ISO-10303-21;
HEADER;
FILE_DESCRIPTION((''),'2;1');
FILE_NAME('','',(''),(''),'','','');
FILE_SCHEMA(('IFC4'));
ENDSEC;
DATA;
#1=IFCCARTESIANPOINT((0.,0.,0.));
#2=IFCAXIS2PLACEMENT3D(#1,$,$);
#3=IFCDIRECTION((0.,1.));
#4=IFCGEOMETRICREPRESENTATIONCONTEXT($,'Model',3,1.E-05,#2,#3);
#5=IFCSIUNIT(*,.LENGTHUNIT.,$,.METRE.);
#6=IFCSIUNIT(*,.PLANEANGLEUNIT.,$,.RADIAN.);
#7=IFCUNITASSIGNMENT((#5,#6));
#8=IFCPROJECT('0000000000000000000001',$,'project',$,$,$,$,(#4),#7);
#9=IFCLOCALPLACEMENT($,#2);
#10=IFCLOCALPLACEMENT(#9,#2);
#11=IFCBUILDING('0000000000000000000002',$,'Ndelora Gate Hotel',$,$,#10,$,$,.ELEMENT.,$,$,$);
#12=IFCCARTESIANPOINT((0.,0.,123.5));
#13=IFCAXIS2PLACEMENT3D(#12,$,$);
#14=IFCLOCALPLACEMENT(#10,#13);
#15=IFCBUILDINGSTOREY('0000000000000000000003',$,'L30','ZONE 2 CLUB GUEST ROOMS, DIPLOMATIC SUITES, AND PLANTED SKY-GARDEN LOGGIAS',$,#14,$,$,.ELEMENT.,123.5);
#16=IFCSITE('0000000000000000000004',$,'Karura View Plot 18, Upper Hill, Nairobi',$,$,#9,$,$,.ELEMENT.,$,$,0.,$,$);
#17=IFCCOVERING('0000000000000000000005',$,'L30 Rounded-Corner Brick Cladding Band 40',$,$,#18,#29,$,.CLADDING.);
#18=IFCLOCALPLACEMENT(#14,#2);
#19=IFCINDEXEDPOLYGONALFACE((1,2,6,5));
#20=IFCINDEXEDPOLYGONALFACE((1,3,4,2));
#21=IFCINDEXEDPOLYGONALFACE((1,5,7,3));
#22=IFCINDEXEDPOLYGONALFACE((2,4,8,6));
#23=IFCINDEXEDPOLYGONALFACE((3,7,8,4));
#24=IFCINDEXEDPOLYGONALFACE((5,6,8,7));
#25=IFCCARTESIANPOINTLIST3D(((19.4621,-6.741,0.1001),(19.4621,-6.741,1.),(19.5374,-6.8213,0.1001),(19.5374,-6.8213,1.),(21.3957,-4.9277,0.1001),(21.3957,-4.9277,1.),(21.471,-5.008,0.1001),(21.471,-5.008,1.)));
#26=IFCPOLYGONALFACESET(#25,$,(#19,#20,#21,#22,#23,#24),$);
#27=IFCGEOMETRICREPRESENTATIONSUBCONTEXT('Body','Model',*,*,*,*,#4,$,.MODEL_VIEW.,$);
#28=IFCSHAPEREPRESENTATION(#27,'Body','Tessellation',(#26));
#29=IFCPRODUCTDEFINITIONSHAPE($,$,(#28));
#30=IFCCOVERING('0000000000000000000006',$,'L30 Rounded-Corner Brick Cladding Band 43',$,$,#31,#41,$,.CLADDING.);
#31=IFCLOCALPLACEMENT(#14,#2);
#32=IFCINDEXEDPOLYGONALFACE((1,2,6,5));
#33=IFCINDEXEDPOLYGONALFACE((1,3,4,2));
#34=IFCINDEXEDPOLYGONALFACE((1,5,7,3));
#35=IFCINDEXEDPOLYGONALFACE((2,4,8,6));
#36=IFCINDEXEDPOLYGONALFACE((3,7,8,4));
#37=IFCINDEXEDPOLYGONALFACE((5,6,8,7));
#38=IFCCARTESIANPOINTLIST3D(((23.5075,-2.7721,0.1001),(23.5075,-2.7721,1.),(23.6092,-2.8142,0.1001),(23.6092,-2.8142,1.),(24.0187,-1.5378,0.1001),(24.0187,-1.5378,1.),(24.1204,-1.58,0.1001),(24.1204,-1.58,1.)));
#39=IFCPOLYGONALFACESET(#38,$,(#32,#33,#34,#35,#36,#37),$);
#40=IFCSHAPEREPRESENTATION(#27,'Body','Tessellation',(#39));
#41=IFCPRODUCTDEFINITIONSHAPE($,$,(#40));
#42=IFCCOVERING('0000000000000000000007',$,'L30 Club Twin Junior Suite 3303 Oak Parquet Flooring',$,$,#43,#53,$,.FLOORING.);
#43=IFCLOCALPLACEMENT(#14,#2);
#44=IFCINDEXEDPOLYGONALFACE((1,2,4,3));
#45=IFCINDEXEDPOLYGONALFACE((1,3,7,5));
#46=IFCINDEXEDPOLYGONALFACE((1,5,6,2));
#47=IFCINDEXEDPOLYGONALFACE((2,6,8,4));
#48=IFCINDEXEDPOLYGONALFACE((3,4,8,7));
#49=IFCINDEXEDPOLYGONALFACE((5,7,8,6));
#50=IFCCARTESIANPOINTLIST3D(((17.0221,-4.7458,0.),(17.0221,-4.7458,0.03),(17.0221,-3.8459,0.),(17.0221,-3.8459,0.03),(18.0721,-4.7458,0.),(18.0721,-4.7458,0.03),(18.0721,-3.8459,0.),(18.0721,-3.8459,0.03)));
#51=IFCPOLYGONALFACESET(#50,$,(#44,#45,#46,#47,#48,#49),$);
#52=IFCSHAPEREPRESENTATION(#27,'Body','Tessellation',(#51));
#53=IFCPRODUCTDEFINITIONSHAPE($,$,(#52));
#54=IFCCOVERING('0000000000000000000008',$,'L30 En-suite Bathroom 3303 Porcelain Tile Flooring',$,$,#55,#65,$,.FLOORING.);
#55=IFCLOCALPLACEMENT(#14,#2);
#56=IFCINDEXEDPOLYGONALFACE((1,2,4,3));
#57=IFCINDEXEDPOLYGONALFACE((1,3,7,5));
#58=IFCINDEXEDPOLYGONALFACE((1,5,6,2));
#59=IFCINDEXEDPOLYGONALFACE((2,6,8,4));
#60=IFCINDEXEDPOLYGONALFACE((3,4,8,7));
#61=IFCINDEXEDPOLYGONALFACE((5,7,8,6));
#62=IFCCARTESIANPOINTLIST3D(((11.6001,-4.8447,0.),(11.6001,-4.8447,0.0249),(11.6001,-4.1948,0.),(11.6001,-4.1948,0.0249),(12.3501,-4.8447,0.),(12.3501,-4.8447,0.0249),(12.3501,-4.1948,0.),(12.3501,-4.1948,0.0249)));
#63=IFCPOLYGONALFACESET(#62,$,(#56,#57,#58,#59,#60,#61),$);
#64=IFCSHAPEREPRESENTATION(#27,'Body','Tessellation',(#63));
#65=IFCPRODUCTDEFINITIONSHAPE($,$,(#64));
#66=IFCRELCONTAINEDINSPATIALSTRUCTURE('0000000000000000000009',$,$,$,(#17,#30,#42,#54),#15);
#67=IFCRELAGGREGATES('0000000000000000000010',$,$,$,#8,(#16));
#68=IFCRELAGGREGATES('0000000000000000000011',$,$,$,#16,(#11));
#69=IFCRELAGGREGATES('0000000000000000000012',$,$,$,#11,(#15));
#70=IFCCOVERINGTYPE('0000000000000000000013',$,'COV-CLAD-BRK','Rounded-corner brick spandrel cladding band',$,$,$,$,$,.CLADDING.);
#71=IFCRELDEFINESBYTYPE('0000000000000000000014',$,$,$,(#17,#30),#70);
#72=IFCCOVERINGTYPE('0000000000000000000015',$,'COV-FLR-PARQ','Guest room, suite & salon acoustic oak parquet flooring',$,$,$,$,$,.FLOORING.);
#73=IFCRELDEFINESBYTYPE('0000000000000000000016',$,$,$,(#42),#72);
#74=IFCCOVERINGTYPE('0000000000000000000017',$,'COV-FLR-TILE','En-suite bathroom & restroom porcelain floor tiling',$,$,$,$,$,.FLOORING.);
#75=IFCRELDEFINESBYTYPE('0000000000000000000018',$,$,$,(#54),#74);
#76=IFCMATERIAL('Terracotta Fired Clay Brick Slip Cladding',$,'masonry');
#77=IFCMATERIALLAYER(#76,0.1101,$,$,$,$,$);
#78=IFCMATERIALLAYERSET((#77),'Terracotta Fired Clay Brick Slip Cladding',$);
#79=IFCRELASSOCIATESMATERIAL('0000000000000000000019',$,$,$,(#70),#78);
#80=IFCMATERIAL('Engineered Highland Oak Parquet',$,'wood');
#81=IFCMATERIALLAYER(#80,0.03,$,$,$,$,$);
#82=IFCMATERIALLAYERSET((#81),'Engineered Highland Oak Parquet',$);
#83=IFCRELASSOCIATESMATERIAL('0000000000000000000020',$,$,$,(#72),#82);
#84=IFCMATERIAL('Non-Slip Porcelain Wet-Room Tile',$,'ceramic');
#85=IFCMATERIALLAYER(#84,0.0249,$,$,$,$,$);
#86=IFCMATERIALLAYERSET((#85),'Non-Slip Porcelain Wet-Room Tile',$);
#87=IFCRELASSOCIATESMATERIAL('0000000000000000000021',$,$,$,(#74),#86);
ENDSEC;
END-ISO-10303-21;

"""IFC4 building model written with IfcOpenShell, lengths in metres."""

from ifc_helpers import new_model, si_unit, direction, frame, origin, origin_2d, place, context, subcontext, project, spatial, rectangle, extrude, material, layer, layer_set, type_object, element, save


model = new_model("IFC4")

# Units and contexts
model_context = context("Model", 3, precision=1e-05, world=origin(), true_north=direction((0.0, 1.0)))
body_context = subcontext(model_context, "Body", "Model", "MODEL_VIEW")
ifc_project = project(units=[si_unit("LENGTHUNIT", "METRE"), si_unit("PLANEANGLEUNIT", "RADIAN")], contexts=[model_context])

# Site, building, storey
site_placement = place(None, origin())
site = spatial("IfcSite", under=ifc_project, at=site_placement, Name="Karura View Plot 18, Upper Hill, Nairobi", CompositionType="ELEMENT", RefElevation=0.0)
building_placement = place(site_placement, origin())
building = spatial("IfcBuilding", under=site, at=building_placement, Name="Ndelora Gate Hotel", CompositionType="ELEMENT")
storey_placement = place(building_placement, frame((0.0, 0.0, 123.5)))
storey = spatial("IfcBuildingStorey", under=building, at=storey_placement, Name="L30", Description="ZONE 2 CLUB GUEST ROOMS, DIPLOMATIC SUITES, AND PLANTED SKY-GARDEN LOGGIAS", CompositionType="ELEMENT", Elevation=123.5)

# Coverings
ifc_material_1 = material(Name="Terracotta Fired Clay Brick Slip Cladding", Category="masonry")
ifc_layer_1 = layer(ifc_material_1, 0.1101)
ifc_layer_set_1 = layer_set([ifc_layer_1], Name="Terracotta Fired Clay Brick Slip Cladding")
covering_type_1 = type_object("IfcCoveringType", Name="COV-CLAD-BRK", Description="Rounded-corner brick spandrel cladding band", PredefinedType="CLADDING", material=ifc_layer_set_1)
covering_1_placement = place(storey_placement, frame((20.4666, -5.8745, 0.1001), z_axis=(0.0, 0.0, 1.0), x_axis=(0.729446, 0.684038, 0.0)))
element("IfcCovering", 1, at=covering_1_placement, inside=storey, type_object=covering_type_1, Name="L30 Rounded-Corner Brick Cladding Band 40", PredefinedType="CLADDING", context=body_context, shape_type="SweptSolid", body=[
    extrude(rectangle(XDim=2.6509, YDim=0.1101, at=origin_2d()), origin(), (0.0, 0.0, 1.0), 0.8999),
])
covering_2_placement = place(storey_placement, frame((23.814, -2.176, 0.1001), z_axis=(0.0, 0.0, 1.0), x_axis=(0.382683, 0.92388, 0.0)))
element("IfcCovering", 2, at=covering_2_placement, inside=storey, type_object=covering_type_1, Name="L30 Rounded-Corner Brick Cladding Band 43", PredefinedType="CLADDING", context=body_context, shape_type="SweptSolid", body=[
    extrude(rectangle(XDim=1.3359, YDim=0.1101, at=origin_2d()), origin(), (0.0, 0.0, 1.0), 0.8999),
])
ifc_material_2 = material(Name="Engineered Highland Oak Parquet", Category="wood")
ifc_layer_2 = layer(ifc_material_2, 0.03)
ifc_layer_set_2 = layer_set([ifc_layer_2], Name="Engineered Highland Oak Parquet")
covering_type_2 = type_object("IfcCoveringType", Name="COV-FLR-PARQ", Description="Guest room, suite & salon acoustic oak parquet flooring", PredefinedType="FLOORING", material=ifc_layer_set_2)
covering_3_placement = place(storey_placement, frame((17.5471, -4.2959, 0.0), z_axis=(0.0, 0.0, 1.0), x_axis=(1.0, 0.0, 0.0)))
element("IfcCovering", 3, at=covering_3_placement, inside=storey, type_object=covering_type_2, Name="L30 Club Twin Junior Suite 3303 Oak Parquet Flooring", PredefinedType="FLOORING", context=body_context, shape_type="SweptSolid", body=[
    extrude(rectangle(XDim=1.05, YDim=0.8999, at=origin_2d()), origin(), (0.0, 0.0, 1.0), 0.03),
])
ifc_material_3 = material(Name="Non-Slip Porcelain Wet-Room Tile", Category="ceramic")
ifc_layer_3 = layer(ifc_material_3, 0.0249)
ifc_layer_set_3 = layer_set([ifc_layer_3], Name="Non-Slip Porcelain Wet-Room Tile")
covering_type_3 = type_object("IfcCoveringType", Name="COV-FLR-TILE", Description="En-suite bathroom & restroom porcelain floor tiling", PredefinedType="FLOORING", material=ifc_layer_set_3)
covering_4_placement = place(storey_placement, frame((11.9751, -4.5198, 0.0), z_axis=(0.0, 0.0, 1.0), x_axis=(1.0, 0.0, 0.0)))
element("IfcCovering", 4, at=covering_4_placement, inside=storey, type_object=covering_type_3, Name="L30 En-suite Bathroom 3303 Porcelain Tile Flooring", PredefinedType="FLOORING", context=body_context, shape_type="SweptSolid", body=[
    extrude(rectangle(XDim=0.75, YDim=0.6499, at=origin_2d()), origin(), (0.0, 0.0, 1.0), 0.0249),
])

save(model, "model.ifc")
